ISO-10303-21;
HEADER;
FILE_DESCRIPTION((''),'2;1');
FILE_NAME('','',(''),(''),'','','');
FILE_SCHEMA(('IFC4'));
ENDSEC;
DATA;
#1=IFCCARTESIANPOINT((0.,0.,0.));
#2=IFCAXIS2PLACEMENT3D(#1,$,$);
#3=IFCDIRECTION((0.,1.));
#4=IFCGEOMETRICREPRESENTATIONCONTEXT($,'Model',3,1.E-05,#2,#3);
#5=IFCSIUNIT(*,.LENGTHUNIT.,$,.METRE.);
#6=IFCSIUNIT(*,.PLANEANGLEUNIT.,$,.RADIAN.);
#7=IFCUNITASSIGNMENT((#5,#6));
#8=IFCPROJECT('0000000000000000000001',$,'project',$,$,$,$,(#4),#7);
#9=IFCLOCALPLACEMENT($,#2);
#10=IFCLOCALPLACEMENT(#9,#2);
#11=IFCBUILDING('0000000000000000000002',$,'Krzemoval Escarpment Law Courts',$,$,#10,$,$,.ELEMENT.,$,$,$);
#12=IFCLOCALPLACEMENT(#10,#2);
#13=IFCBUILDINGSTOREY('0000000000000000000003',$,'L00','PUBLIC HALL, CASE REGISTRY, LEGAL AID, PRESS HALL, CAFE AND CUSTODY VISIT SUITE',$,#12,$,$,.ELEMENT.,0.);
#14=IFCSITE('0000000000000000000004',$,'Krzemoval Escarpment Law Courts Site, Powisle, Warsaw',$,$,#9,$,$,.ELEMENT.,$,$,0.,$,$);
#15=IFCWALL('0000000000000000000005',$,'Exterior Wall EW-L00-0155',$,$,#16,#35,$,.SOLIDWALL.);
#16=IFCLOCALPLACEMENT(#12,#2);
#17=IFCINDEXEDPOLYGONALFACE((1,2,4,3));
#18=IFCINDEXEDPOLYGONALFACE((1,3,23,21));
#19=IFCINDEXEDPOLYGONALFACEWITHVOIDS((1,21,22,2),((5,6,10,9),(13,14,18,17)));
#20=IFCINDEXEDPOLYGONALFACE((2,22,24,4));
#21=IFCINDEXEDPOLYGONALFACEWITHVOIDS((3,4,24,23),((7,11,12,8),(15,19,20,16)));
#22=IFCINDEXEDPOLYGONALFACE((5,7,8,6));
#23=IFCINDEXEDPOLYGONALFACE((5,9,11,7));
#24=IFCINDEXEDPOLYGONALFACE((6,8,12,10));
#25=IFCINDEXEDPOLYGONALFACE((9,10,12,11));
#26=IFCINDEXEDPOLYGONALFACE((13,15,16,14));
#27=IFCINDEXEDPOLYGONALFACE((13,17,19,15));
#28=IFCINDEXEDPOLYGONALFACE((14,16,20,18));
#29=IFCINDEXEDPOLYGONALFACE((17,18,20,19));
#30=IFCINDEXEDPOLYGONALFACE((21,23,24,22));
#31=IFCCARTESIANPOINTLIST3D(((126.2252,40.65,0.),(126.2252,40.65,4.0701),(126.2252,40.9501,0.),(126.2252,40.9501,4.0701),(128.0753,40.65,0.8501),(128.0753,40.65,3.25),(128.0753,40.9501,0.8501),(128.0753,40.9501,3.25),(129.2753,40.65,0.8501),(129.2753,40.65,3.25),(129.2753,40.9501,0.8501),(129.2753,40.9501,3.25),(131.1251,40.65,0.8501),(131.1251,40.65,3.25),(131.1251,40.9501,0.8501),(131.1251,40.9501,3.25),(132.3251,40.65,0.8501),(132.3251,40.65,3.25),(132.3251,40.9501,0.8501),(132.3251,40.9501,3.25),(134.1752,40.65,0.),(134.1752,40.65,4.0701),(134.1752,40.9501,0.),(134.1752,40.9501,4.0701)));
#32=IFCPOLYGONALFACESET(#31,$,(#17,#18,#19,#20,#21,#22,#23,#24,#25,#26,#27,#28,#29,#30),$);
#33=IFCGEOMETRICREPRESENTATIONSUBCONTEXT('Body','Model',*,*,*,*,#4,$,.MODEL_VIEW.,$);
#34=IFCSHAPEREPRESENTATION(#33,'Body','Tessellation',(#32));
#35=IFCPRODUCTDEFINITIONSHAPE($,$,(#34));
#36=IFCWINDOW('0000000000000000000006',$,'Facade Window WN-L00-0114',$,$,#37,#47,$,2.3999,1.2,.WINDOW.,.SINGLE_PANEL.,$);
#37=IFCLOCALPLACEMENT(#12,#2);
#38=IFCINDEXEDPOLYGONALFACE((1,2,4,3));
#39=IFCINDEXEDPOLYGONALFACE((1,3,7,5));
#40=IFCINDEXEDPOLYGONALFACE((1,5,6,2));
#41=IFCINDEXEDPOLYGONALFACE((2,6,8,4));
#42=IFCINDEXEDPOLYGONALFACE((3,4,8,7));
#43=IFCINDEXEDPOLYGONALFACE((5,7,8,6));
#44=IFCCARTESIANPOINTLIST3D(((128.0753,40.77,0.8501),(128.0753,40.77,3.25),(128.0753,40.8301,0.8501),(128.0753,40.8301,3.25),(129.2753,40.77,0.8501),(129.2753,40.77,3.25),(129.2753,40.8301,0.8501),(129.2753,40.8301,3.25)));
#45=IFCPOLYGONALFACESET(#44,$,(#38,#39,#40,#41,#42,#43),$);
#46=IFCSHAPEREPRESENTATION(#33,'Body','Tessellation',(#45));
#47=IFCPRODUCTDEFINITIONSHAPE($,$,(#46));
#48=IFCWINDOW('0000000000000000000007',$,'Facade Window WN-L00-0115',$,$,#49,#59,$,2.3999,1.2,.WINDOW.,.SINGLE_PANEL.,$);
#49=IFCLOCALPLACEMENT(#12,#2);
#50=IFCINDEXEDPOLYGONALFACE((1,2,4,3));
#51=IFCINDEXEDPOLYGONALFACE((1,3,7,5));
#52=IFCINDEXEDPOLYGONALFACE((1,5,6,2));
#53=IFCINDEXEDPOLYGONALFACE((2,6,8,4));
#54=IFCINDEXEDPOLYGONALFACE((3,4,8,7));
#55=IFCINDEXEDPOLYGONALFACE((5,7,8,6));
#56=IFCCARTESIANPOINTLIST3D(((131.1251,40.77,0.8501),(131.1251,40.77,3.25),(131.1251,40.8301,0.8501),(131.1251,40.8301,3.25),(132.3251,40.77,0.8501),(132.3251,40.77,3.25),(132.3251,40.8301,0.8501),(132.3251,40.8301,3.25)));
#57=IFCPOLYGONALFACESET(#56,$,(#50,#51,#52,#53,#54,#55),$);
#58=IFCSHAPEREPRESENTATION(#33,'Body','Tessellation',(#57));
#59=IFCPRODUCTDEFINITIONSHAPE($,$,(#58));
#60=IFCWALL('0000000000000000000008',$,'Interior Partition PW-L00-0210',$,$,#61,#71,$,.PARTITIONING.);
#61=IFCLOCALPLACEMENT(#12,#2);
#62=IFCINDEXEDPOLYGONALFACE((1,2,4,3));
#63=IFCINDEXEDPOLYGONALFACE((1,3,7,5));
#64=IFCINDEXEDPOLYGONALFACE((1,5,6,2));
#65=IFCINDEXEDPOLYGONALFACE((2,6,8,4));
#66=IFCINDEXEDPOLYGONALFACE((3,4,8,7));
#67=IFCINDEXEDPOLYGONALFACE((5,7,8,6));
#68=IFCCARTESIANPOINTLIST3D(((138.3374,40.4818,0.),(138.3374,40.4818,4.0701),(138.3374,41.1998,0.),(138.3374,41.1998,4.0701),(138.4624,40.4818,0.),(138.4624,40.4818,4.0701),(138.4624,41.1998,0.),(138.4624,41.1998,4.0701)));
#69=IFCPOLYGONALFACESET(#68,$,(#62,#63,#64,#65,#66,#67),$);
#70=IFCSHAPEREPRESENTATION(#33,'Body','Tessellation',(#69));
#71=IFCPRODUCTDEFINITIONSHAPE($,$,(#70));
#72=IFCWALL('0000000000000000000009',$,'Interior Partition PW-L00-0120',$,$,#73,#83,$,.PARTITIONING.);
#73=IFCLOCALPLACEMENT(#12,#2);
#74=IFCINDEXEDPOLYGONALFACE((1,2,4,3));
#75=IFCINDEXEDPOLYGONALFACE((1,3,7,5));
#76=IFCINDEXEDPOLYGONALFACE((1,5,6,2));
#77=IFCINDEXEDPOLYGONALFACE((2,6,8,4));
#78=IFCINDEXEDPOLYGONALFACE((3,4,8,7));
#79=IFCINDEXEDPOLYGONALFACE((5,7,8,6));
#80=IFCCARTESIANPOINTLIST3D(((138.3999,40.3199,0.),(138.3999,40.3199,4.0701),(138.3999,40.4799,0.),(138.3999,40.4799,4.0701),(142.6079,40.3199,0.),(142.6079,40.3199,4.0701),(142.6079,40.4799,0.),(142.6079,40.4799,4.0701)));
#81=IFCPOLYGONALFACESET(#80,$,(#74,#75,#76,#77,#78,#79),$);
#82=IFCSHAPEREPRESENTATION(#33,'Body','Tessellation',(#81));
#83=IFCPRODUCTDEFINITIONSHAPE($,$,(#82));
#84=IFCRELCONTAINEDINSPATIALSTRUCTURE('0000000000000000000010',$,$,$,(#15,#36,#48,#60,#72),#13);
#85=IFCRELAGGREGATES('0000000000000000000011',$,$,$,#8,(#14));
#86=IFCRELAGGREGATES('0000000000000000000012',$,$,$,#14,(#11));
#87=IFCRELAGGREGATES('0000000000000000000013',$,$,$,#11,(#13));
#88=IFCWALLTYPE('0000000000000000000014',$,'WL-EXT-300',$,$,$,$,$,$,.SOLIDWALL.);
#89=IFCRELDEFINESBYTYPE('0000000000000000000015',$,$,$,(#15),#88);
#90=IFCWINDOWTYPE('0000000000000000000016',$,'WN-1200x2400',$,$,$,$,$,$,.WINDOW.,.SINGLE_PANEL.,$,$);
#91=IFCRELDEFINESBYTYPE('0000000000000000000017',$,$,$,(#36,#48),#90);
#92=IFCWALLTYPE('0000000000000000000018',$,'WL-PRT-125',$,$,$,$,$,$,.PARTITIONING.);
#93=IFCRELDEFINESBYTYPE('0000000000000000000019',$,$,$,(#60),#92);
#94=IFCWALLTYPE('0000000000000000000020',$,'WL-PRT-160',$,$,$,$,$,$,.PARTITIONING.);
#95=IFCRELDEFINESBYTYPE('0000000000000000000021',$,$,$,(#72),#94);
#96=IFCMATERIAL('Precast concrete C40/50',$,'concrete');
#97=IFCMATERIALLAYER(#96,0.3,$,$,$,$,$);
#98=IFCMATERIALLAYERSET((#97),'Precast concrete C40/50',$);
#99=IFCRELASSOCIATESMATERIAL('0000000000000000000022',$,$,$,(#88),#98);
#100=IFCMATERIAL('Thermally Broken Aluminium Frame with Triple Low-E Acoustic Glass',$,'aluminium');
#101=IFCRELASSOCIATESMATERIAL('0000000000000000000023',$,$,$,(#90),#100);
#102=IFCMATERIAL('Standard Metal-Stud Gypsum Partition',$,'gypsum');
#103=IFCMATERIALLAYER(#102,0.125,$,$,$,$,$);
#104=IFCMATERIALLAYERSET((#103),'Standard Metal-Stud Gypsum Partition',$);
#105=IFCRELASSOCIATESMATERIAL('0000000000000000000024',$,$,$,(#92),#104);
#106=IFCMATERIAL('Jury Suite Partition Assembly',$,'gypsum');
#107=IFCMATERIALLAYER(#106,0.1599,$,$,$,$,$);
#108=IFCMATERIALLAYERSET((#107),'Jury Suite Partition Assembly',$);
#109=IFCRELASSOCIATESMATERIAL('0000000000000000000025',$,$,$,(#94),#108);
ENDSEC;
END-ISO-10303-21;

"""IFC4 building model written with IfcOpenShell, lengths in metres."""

from ifc_helpers import new_model, si_unit, direction, frame, frame_2d, origin, place, context, subcontext, project, spatial, rectangle, extrude, material, layer, layer_set, type_object, element, fill, save


model = new_model("IFC4")

# Units and contexts
model_context = context("Model", 3, precision=1e-05, world=origin(), true_north=direction((0.0, 1.0)))
body_context = subcontext(model_context, "Body", "Model", "MODEL_VIEW")
ifc_project = project(units=[si_unit("LENGTHUNIT", "METRE"), si_unit("PLANEANGLEUNIT", "RADIAN")], contexts=[model_context])

# Site, building, storey
site_placement = place(None, origin())
site = spatial("IfcSite", under=ifc_project, at=site_placement, Name="Krzemoval Escarpment Law Courts Site, Powisle, Warsaw", CompositionType="ELEMENT", RefElevation=0.0)
building_placement = place(site_placement, origin())
building = spatial("IfcBuilding", under=site, at=building_placement, Name="Krzemoval Escarpment Law Courts", CompositionType="ELEMENT")
storey_placement = place(building_placement, origin())
storey = spatial("IfcBuildingStorey", under=building, at=storey_placement, Name="L00", Description="PUBLIC HALL, CASE REGISTRY, LEGAL AID, PRESS HALL, CAFE AND CUSTODY VISIT SUITE", CompositionType="ELEMENT", Elevation=0.0)

# Wall, openings, windows
ifc_material_1 = material(Name="Precast concrete C40/50", Category="concrete")
ifc_layer_1 = layer(ifc_material_1, 0.3)
ifc_layer_set_1 = layer_set([ifc_layer_1], Name="Precast concrete C40/50")
wall_type_1 = type_object("IfcWallType", Name="WL-EXT-300", PredefinedType="SOLIDWALL", material=ifc_layer_set_1)
wall_1_placement = place(storey_placement, frame((126.2251, 40.8, 0.0), z_axis=(0.0, 0.0, 1.0), x_axis=(1.0, 0.0, 0.0)))
wall_1 = element("IfcWall", 1, at=wall_1_placement, inside=storey, type_object=wall_type_1, Name="Exterior Wall EW-L00-0155", PredefinedType="SOLIDWALL", context=body_context, shape_type="SweptSolid", body=[
    extrude(rectangle(XDim=7.95, YDim=0.3, at=frame_2d((3.9751, 0.0))), origin(), (0.0, 0.0, 1.0), 4.0701),
])
opening_1_placement = place(wall_1_placement, frame((1.8501, 0.0, 0.8501)))
opening_1 = element("IfcOpeningElement", 2, at=opening_1_placement, cuts=wall_1, PredefinedType="OPENING", context=body_context, shape_type="SweptSolid", body=[
    extrude(rectangle(XDim=1.2, YDim=2.3999, at=frame_2d((0.6001, 1.2))), frame((0.0, 0.165, 0.0), z_axis=(0.0, -1.0, 0.0), x_axis=(1.0, 0.0, 0.0)), (0.0, 0.0, 1.0), 0.3301),
])
opening_2_placement = place(wall_1_placement, frame((4.8999, 0.0, 0.8501)))
opening_2 = element("IfcOpeningElement", 3, at=opening_2_placement, cuts=wall_1, PredefinedType="OPENING", context=body_context, shape_type="SweptSolid", body=[
    extrude(rectangle(XDim=1.2, YDim=2.3999, at=frame_2d((0.6001, 1.2))), frame((0.0, 0.165, 0.0), z_axis=(0.0, -1.0, 0.0), x_axis=(1.0, 0.0, 0.0)), (0.0, 0.0, 1.0), 0.3301),
])
ifc_material_2 = material(Name="Thermally Broken Aluminium Frame with Triple Low-E Acoustic Glass", Category="aluminium")
window_type = type_object("IfcWindowType", Name="WN-1200x2400", PartitioningType="SINGLE_PANEL", PredefinedType="WINDOW", material=ifc_material_2)
window_1_placement = place(opening_1_placement, origin())
window_1 = element("IfcWindow", 4, at=window_1_placement, inside=storey, type_object=window_type, Name="Facade Window WN-L00-0114", OverallHeight=2.3999, OverallWidth=1.2, PartitioningType="SINGLE_PANEL", PredefinedType="WINDOW", context=body_context, shape_type="SweptSolid", body=[
    extrude(rectangle(XDim=1.2, YDim=2.3999, at=frame_2d((0.6001, 1.2))), frame((0.0, 0.03, 0.0), z_axis=(0.0, -1.0, 0.0), x_axis=(1.0, 0.0, 0.0)), (0.0, 0.0, 1.0), 0.0601),
])
fill(opening_1, window_1)
window_2_placement = place(opening_2_placement, origin())
window_2 = element("IfcWindow", 5, at=window_2_placement, inside=storey, type_object=window_type, Name="Facade Window WN-L00-0115", OverallHeight=2.3999, OverallWidth=1.2, PartitioningType="SINGLE_PANEL", PredefinedType="WINDOW", context=body_context, shape_type="SweptSolid", body=[
    extrude(rectangle(XDim=1.2, YDim=2.3999, at=frame_2d((0.6001, 1.2))), frame((0.0, 0.03, 0.0), z_axis=(0.0, -1.0, 0.0), x_axis=(1.0, 0.0, 0.0)), (0.0, 0.0, 1.0), 0.0601),
])
fill(opening_2, window_2)

# Walls
ifc_material_3 = material(Name="Standard Metal-Stud Gypsum Partition", Category="gypsum")
ifc_layer_2 = layer(ifc_material_3, 0.125)
ifc_layer_set_2 = layer_set([ifc_layer_2], Name="Standard Metal-Stud Gypsum Partition")
wall_type_2 = type_object("IfcWallType", Name="WL-PRT-125", PredefinedType="PARTITIONING", material=ifc_layer_set_2)
wall_2_placement = place(storey_placement, frame((138.3999, 40.4819, 0.0), z_axis=(0.0, 0.0, 1.0), x_axis=(0.0, 1.0, 0.0)))
element("IfcWall", 6, at=wall_2_placement, inside=storey, type_object=wall_type_2, Name="Interior Partition PW-L00-0210", PredefinedType="PARTITIONING", context=body_context, shape_type="SweptSolid", body=[
    extrude(rectangle(XDim=0.718, YDim=0.125, at=frame_2d((0.3589, 0.0))), origin(), (0.0, 0.0, 1.0), 4.0701),
])
ifc_material_4 = material(Name="Jury Suite Partition Assembly", Category="gypsum")
ifc_layer_3 = layer(ifc_material_4, 0.1599)
ifc_layer_set_3 = layer_set([ifc_layer_3], Name="Jury Suite Partition Assembly")
wall_type_3 = type_object("IfcWallType", Name="WL-PRT-160", PredefinedType="PARTITIONING", material=ifc_layer_set_3)
wall_3_placement = place(storey_placement, frame((138.3999, 40.3999, 0.0), z_axis=(0.0, 0.0, 1.0), x_axis=(1.0, 0.0, 0.0)))
element("IfcWall", 7, at=wall_3_placement, inside=storey, type_object=wall_type_3, Name="Interior Partition PW-L00-0120", PredefinedType="PARTITIONING", context=body_context, shape_type="SweptSolid", body=[
    extrude(rectangle(XDim=4.208, YDim=0.1599, at=frame_2d((2.104, 0.0))), origin(), (0.0, 0.0, 1.0), 4.0701),
])

save(model, "model.ifc")
